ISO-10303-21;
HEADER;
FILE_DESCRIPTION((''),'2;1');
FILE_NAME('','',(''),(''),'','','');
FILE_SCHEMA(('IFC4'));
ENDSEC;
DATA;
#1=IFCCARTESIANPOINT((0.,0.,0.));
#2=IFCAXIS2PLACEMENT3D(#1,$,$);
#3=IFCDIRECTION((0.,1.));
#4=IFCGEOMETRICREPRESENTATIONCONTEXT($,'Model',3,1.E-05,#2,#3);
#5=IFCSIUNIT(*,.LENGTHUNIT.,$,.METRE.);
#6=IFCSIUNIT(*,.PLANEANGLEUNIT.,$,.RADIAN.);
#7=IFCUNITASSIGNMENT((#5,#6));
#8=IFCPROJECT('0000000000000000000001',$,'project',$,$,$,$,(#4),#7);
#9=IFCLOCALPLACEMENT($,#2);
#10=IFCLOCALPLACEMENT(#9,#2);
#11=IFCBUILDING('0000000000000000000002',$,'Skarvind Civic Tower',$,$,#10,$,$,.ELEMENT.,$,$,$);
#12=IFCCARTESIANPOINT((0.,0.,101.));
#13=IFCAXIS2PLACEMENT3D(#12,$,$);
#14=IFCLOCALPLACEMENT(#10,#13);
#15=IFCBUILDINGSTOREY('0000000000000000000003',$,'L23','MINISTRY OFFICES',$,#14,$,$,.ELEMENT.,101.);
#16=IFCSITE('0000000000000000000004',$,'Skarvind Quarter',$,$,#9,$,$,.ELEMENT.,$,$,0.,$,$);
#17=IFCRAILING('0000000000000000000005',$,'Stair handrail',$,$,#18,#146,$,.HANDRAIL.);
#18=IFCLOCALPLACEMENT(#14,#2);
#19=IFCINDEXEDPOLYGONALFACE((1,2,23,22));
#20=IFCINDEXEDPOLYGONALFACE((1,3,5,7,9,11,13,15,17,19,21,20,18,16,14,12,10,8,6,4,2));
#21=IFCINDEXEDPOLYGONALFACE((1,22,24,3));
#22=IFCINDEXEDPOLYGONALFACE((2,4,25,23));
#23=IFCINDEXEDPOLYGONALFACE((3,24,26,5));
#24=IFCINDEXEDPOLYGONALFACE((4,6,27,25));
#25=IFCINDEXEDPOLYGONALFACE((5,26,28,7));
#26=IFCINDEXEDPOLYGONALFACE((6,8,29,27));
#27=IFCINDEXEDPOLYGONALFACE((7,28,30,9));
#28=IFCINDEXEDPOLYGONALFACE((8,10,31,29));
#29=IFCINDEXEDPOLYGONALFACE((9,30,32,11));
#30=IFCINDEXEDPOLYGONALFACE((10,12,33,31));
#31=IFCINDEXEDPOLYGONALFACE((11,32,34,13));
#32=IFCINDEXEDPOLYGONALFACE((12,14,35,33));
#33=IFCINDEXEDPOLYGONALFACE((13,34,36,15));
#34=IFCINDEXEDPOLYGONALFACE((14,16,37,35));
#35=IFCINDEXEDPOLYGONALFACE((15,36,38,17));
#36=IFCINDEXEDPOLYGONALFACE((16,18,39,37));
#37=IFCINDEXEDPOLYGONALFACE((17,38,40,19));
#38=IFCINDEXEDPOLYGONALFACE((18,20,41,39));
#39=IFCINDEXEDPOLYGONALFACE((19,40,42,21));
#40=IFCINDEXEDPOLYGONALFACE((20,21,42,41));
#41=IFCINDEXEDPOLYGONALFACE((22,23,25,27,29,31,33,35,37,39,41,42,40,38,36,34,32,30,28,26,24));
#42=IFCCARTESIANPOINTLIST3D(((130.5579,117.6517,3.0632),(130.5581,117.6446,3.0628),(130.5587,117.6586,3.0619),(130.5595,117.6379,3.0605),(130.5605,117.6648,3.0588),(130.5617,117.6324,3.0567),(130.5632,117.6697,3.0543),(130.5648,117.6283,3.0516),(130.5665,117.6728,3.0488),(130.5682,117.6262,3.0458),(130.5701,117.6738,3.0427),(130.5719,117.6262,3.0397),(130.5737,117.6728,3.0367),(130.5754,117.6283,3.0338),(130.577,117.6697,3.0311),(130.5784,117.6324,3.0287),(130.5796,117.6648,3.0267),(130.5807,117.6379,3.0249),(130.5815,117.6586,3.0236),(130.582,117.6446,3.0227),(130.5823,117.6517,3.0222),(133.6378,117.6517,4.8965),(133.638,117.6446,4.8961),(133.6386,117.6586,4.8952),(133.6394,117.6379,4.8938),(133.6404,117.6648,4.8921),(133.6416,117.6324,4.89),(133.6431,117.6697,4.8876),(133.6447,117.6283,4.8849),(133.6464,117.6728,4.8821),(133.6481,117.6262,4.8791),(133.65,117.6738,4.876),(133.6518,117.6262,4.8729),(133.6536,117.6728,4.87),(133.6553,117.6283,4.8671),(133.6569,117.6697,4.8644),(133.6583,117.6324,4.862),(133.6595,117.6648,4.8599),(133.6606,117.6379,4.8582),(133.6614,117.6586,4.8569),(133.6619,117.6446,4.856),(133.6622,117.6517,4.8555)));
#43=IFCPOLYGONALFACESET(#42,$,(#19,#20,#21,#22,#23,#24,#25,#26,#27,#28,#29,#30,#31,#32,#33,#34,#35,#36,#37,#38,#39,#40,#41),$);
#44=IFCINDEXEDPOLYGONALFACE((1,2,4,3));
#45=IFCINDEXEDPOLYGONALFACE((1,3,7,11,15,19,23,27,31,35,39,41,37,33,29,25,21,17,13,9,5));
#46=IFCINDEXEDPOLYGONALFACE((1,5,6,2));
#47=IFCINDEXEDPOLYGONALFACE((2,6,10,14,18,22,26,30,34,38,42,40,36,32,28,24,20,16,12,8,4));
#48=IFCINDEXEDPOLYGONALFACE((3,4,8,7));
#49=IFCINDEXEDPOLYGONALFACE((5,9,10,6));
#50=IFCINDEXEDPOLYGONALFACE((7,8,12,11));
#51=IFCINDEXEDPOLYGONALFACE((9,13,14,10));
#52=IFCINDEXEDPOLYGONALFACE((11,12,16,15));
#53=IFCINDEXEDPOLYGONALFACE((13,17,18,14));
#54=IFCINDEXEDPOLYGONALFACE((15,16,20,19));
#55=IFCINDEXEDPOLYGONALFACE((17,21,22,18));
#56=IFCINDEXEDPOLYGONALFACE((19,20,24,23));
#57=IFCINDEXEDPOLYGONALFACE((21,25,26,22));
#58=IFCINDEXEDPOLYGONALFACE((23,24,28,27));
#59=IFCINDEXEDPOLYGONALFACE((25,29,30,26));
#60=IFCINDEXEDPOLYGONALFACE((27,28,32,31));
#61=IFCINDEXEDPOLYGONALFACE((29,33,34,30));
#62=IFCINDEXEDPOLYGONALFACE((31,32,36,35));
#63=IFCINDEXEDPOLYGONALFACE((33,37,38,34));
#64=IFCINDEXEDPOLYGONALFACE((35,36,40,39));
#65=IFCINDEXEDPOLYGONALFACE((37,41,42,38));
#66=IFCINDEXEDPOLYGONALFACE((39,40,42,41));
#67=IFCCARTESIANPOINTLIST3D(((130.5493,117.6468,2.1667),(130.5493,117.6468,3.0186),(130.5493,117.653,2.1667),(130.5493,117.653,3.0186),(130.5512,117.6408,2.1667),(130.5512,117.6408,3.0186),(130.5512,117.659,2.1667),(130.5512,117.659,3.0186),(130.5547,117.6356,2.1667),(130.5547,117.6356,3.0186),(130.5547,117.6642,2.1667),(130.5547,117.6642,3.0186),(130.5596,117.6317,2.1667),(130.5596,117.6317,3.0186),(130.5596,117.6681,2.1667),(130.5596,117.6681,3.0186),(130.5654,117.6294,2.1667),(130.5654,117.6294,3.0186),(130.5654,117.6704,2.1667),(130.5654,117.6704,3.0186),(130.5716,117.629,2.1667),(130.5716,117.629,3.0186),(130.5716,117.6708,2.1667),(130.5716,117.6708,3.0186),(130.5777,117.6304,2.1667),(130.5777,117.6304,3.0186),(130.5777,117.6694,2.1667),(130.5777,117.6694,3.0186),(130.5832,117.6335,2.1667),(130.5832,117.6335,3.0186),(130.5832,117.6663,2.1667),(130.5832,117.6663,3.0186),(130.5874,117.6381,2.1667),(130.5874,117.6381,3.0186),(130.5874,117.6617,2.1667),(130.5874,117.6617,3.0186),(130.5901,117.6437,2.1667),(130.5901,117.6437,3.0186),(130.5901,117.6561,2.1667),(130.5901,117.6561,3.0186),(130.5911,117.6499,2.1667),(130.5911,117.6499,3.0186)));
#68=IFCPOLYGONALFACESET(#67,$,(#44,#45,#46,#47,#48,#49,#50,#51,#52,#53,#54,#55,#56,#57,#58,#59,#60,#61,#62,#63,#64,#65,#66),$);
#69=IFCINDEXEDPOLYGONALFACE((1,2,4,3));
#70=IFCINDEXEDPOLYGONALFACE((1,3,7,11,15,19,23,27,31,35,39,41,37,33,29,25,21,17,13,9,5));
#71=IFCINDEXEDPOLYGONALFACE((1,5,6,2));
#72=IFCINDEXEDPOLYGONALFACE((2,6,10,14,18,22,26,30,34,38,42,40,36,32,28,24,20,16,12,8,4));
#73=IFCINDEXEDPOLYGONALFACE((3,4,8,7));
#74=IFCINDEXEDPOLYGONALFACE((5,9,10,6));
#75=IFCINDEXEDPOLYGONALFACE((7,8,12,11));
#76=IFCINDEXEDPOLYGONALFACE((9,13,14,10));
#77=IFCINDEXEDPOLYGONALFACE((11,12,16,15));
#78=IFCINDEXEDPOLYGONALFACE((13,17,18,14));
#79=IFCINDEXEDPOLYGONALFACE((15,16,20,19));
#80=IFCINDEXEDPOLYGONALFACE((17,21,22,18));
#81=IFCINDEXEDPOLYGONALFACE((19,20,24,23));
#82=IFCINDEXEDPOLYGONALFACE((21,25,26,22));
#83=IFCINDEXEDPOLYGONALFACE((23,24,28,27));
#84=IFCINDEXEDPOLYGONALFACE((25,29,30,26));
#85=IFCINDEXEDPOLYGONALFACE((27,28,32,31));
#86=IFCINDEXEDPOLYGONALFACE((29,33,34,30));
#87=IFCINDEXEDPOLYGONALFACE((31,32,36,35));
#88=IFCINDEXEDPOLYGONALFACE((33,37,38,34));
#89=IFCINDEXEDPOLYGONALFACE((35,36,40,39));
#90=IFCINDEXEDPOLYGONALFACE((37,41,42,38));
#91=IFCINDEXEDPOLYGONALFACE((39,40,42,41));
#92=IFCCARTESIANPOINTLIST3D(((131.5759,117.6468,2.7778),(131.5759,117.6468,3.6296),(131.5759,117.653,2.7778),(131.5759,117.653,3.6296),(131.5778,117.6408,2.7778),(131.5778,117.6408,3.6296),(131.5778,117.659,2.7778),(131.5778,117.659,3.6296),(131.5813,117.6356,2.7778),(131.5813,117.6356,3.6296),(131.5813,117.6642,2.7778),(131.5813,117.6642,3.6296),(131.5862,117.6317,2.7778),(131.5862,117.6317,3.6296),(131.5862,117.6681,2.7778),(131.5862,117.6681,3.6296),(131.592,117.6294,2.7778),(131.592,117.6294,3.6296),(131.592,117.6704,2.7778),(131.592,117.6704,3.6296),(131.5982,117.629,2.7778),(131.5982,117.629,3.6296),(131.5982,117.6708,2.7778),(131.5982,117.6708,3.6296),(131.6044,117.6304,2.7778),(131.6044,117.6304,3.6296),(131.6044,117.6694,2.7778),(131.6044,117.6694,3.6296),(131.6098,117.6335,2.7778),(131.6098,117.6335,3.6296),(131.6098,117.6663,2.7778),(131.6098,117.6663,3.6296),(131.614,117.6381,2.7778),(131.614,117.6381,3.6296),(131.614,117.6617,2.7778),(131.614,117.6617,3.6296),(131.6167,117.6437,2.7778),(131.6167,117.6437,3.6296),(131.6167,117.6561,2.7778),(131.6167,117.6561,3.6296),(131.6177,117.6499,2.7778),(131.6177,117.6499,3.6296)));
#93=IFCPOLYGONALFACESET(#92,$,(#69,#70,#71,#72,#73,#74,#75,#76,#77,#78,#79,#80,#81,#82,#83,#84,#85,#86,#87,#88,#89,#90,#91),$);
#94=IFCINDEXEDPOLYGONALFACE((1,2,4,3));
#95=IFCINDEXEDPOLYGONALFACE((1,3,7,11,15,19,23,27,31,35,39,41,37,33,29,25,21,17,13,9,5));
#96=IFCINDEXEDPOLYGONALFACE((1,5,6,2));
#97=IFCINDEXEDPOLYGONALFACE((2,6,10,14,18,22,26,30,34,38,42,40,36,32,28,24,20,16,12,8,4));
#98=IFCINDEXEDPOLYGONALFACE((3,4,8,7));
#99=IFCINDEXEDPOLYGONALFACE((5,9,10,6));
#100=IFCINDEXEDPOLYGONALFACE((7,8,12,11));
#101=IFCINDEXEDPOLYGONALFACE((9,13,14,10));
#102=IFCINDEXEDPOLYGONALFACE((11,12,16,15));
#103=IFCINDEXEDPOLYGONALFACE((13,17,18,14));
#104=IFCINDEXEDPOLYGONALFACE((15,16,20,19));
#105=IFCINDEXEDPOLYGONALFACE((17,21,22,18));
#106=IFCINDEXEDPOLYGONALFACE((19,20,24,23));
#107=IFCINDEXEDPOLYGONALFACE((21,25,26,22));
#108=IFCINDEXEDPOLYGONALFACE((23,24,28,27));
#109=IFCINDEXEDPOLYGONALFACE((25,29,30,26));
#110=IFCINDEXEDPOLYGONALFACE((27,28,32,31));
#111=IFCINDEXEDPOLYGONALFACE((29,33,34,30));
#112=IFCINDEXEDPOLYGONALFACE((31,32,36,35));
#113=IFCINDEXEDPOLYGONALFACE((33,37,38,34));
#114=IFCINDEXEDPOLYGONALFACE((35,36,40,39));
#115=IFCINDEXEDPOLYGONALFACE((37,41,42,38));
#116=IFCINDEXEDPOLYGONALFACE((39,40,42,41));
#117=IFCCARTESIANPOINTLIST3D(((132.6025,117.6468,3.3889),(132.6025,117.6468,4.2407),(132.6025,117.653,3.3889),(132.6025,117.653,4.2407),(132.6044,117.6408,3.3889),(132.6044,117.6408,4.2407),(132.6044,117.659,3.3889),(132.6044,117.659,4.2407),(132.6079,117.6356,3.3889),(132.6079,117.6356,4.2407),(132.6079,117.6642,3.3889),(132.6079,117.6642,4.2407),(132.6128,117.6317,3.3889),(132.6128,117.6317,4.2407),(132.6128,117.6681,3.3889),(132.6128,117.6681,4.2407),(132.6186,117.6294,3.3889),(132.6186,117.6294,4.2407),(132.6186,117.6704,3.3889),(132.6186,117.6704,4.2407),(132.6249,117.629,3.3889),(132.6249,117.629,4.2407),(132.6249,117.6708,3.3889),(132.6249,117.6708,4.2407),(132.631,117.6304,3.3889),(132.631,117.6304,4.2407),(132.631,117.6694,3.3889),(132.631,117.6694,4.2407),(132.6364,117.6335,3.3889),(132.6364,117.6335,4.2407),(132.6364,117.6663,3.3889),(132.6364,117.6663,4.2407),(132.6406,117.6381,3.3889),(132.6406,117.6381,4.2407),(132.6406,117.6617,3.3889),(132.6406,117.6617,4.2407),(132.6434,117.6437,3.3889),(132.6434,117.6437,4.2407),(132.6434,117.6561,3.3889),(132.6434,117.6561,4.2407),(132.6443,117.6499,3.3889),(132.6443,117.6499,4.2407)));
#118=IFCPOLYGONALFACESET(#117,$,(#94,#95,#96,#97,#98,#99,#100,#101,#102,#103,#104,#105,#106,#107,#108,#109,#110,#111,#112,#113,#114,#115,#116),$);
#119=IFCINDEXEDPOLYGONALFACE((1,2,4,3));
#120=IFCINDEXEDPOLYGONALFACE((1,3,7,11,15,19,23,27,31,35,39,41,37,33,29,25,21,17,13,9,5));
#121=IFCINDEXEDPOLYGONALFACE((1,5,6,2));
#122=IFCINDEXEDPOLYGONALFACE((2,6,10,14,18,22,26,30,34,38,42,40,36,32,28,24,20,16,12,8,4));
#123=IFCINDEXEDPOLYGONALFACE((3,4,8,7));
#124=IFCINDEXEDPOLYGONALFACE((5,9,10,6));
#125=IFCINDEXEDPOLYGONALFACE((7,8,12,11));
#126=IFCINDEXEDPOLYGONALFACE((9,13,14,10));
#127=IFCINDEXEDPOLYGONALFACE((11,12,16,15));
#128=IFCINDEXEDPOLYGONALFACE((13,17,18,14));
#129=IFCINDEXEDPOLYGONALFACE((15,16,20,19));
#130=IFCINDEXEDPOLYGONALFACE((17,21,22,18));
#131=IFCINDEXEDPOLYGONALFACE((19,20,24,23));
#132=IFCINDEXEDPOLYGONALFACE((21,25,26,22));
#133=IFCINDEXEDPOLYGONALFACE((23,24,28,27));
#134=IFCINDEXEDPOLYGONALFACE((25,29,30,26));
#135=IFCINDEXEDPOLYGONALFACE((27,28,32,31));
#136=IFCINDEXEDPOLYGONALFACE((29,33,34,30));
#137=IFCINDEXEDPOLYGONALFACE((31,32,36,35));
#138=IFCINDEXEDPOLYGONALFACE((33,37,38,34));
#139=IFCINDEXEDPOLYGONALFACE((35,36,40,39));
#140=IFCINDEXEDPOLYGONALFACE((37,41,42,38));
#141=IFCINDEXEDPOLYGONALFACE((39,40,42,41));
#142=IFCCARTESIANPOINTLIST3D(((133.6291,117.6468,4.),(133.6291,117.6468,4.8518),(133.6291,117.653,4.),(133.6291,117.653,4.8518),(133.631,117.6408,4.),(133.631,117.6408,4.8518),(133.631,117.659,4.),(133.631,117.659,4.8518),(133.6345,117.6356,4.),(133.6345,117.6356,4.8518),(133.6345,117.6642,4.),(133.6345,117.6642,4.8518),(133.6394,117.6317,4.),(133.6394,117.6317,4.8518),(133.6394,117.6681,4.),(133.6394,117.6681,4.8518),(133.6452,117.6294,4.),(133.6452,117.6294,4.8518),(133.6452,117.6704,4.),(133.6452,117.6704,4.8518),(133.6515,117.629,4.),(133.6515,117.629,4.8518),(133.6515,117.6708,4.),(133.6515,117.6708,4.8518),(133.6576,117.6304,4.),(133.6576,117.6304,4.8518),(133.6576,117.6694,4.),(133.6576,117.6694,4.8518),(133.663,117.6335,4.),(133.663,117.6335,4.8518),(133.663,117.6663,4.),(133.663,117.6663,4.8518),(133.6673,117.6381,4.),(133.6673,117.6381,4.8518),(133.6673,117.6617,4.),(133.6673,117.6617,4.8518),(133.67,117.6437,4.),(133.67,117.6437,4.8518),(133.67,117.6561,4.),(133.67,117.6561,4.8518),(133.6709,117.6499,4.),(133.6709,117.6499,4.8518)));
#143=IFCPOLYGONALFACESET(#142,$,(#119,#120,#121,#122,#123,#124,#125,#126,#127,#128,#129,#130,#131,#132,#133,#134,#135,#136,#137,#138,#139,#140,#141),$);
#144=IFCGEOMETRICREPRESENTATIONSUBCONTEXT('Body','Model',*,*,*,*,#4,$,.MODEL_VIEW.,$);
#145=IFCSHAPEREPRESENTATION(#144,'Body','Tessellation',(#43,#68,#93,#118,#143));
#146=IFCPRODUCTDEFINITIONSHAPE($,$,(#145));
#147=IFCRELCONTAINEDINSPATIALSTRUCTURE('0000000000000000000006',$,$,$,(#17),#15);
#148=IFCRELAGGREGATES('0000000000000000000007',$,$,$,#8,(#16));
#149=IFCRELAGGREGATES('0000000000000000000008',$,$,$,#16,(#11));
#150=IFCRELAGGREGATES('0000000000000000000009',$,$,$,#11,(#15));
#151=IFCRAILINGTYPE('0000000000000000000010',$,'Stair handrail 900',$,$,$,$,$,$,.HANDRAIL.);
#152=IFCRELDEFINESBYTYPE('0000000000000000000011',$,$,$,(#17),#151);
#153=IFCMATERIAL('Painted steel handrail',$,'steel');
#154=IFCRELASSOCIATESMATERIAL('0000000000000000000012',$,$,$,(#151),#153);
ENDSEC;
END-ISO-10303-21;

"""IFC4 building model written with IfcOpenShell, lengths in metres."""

from ifc_helpers import new_model, si_unit, direction, frame, origin, origin_2d, place, context, subcontext, project, spatial, circle, extrude, material, type_object, element, save


model = new_model("IFC4")

# Units and contexts
model_context = context("Model", 3, precision=1e-05, world=origin(), true_north=direction((0.0, 1.0)))
body_context = subcontext(model_context, "Body", "Model", "MODEL_VIEW")
ifc_project = project(units=[si_unit("LENGTHUNIT", "METRE"), si_unit("PLANEANGLEUNIT", "RADIAN")], contexts=[model_context])

# Site, building, storey
site_placement = place(None, origin())
site = spatial("IfcSite", under=ifc_project, at=site_placement, Name="Skarvind Quarter", CompositionType="ELEMENT", RefElevation=0.0)
building_placement = place(site_placement, origin())
building = spatial("IfcBuilding", under=site, at=building_placement, Name="Skarvind Civic Tower", CompositionType="ELEMENT")
storey_placement = place(building_placement, frame((0.0, 0.0, 101.0)))
storey = spatial("IfcBuildingStorey", under=building, at=storey_placement, Name="L23", Description="MINISTRY OFFICES", CompositionType="ELEMENT", Elevation=101.0)

# Railing
ifc_material_1 = material(Name="Painted steel handrail", Category="steel")
railing_type = type_object("IfcRailingType", Name="Stair handrail 900", PredefinedType="HANDRAIL", material=ifc_material_1)
railing_1_placement = place(storey_placement, frame((130.5701, 117.6499, 2.1667)))
element("IfcRailing", 1, at=railing_1_placement, inside=storey, type_object=railing_type, Name="Stair handrail", PredefinedType="HANDRAIL", context=body_context, shape_type="SweptSolid", body=[
    extrude(circle(Radius=0.0239, at=origin_2d()), frame((0.0, 0.0, 0.876), z_axis=(0.859291, 0.0, 0.511487), x_axis=(0.0, 1.0, 0.0)), (0.0, 0.0, 1.0), 3.5842),
    extrude(circle(Radius=0.021, at=origin_2d()), origin(), (0.0, 0.0, 1.0), 0.8518),
    extrude(circle(Radius=0.021, at=origin_2d()), frame((1.0266, 0.0, 0.6111)), (0.0, 0.0, 1.0), 0.8518),
    extrude(circle(Radius=0.021, at=origin_2d()), frame((2.0532, 0.0, 1.2222)), (0.0, 0.0, 1.0), 0.8518),
    extrude(circle(Radius=0.021, at=origin_2d()), frame((3.0798, 0.0, 1.8333)), (0.0, 0.0, 1.0), 0.8518),
])

save(model, "model.ifc")
